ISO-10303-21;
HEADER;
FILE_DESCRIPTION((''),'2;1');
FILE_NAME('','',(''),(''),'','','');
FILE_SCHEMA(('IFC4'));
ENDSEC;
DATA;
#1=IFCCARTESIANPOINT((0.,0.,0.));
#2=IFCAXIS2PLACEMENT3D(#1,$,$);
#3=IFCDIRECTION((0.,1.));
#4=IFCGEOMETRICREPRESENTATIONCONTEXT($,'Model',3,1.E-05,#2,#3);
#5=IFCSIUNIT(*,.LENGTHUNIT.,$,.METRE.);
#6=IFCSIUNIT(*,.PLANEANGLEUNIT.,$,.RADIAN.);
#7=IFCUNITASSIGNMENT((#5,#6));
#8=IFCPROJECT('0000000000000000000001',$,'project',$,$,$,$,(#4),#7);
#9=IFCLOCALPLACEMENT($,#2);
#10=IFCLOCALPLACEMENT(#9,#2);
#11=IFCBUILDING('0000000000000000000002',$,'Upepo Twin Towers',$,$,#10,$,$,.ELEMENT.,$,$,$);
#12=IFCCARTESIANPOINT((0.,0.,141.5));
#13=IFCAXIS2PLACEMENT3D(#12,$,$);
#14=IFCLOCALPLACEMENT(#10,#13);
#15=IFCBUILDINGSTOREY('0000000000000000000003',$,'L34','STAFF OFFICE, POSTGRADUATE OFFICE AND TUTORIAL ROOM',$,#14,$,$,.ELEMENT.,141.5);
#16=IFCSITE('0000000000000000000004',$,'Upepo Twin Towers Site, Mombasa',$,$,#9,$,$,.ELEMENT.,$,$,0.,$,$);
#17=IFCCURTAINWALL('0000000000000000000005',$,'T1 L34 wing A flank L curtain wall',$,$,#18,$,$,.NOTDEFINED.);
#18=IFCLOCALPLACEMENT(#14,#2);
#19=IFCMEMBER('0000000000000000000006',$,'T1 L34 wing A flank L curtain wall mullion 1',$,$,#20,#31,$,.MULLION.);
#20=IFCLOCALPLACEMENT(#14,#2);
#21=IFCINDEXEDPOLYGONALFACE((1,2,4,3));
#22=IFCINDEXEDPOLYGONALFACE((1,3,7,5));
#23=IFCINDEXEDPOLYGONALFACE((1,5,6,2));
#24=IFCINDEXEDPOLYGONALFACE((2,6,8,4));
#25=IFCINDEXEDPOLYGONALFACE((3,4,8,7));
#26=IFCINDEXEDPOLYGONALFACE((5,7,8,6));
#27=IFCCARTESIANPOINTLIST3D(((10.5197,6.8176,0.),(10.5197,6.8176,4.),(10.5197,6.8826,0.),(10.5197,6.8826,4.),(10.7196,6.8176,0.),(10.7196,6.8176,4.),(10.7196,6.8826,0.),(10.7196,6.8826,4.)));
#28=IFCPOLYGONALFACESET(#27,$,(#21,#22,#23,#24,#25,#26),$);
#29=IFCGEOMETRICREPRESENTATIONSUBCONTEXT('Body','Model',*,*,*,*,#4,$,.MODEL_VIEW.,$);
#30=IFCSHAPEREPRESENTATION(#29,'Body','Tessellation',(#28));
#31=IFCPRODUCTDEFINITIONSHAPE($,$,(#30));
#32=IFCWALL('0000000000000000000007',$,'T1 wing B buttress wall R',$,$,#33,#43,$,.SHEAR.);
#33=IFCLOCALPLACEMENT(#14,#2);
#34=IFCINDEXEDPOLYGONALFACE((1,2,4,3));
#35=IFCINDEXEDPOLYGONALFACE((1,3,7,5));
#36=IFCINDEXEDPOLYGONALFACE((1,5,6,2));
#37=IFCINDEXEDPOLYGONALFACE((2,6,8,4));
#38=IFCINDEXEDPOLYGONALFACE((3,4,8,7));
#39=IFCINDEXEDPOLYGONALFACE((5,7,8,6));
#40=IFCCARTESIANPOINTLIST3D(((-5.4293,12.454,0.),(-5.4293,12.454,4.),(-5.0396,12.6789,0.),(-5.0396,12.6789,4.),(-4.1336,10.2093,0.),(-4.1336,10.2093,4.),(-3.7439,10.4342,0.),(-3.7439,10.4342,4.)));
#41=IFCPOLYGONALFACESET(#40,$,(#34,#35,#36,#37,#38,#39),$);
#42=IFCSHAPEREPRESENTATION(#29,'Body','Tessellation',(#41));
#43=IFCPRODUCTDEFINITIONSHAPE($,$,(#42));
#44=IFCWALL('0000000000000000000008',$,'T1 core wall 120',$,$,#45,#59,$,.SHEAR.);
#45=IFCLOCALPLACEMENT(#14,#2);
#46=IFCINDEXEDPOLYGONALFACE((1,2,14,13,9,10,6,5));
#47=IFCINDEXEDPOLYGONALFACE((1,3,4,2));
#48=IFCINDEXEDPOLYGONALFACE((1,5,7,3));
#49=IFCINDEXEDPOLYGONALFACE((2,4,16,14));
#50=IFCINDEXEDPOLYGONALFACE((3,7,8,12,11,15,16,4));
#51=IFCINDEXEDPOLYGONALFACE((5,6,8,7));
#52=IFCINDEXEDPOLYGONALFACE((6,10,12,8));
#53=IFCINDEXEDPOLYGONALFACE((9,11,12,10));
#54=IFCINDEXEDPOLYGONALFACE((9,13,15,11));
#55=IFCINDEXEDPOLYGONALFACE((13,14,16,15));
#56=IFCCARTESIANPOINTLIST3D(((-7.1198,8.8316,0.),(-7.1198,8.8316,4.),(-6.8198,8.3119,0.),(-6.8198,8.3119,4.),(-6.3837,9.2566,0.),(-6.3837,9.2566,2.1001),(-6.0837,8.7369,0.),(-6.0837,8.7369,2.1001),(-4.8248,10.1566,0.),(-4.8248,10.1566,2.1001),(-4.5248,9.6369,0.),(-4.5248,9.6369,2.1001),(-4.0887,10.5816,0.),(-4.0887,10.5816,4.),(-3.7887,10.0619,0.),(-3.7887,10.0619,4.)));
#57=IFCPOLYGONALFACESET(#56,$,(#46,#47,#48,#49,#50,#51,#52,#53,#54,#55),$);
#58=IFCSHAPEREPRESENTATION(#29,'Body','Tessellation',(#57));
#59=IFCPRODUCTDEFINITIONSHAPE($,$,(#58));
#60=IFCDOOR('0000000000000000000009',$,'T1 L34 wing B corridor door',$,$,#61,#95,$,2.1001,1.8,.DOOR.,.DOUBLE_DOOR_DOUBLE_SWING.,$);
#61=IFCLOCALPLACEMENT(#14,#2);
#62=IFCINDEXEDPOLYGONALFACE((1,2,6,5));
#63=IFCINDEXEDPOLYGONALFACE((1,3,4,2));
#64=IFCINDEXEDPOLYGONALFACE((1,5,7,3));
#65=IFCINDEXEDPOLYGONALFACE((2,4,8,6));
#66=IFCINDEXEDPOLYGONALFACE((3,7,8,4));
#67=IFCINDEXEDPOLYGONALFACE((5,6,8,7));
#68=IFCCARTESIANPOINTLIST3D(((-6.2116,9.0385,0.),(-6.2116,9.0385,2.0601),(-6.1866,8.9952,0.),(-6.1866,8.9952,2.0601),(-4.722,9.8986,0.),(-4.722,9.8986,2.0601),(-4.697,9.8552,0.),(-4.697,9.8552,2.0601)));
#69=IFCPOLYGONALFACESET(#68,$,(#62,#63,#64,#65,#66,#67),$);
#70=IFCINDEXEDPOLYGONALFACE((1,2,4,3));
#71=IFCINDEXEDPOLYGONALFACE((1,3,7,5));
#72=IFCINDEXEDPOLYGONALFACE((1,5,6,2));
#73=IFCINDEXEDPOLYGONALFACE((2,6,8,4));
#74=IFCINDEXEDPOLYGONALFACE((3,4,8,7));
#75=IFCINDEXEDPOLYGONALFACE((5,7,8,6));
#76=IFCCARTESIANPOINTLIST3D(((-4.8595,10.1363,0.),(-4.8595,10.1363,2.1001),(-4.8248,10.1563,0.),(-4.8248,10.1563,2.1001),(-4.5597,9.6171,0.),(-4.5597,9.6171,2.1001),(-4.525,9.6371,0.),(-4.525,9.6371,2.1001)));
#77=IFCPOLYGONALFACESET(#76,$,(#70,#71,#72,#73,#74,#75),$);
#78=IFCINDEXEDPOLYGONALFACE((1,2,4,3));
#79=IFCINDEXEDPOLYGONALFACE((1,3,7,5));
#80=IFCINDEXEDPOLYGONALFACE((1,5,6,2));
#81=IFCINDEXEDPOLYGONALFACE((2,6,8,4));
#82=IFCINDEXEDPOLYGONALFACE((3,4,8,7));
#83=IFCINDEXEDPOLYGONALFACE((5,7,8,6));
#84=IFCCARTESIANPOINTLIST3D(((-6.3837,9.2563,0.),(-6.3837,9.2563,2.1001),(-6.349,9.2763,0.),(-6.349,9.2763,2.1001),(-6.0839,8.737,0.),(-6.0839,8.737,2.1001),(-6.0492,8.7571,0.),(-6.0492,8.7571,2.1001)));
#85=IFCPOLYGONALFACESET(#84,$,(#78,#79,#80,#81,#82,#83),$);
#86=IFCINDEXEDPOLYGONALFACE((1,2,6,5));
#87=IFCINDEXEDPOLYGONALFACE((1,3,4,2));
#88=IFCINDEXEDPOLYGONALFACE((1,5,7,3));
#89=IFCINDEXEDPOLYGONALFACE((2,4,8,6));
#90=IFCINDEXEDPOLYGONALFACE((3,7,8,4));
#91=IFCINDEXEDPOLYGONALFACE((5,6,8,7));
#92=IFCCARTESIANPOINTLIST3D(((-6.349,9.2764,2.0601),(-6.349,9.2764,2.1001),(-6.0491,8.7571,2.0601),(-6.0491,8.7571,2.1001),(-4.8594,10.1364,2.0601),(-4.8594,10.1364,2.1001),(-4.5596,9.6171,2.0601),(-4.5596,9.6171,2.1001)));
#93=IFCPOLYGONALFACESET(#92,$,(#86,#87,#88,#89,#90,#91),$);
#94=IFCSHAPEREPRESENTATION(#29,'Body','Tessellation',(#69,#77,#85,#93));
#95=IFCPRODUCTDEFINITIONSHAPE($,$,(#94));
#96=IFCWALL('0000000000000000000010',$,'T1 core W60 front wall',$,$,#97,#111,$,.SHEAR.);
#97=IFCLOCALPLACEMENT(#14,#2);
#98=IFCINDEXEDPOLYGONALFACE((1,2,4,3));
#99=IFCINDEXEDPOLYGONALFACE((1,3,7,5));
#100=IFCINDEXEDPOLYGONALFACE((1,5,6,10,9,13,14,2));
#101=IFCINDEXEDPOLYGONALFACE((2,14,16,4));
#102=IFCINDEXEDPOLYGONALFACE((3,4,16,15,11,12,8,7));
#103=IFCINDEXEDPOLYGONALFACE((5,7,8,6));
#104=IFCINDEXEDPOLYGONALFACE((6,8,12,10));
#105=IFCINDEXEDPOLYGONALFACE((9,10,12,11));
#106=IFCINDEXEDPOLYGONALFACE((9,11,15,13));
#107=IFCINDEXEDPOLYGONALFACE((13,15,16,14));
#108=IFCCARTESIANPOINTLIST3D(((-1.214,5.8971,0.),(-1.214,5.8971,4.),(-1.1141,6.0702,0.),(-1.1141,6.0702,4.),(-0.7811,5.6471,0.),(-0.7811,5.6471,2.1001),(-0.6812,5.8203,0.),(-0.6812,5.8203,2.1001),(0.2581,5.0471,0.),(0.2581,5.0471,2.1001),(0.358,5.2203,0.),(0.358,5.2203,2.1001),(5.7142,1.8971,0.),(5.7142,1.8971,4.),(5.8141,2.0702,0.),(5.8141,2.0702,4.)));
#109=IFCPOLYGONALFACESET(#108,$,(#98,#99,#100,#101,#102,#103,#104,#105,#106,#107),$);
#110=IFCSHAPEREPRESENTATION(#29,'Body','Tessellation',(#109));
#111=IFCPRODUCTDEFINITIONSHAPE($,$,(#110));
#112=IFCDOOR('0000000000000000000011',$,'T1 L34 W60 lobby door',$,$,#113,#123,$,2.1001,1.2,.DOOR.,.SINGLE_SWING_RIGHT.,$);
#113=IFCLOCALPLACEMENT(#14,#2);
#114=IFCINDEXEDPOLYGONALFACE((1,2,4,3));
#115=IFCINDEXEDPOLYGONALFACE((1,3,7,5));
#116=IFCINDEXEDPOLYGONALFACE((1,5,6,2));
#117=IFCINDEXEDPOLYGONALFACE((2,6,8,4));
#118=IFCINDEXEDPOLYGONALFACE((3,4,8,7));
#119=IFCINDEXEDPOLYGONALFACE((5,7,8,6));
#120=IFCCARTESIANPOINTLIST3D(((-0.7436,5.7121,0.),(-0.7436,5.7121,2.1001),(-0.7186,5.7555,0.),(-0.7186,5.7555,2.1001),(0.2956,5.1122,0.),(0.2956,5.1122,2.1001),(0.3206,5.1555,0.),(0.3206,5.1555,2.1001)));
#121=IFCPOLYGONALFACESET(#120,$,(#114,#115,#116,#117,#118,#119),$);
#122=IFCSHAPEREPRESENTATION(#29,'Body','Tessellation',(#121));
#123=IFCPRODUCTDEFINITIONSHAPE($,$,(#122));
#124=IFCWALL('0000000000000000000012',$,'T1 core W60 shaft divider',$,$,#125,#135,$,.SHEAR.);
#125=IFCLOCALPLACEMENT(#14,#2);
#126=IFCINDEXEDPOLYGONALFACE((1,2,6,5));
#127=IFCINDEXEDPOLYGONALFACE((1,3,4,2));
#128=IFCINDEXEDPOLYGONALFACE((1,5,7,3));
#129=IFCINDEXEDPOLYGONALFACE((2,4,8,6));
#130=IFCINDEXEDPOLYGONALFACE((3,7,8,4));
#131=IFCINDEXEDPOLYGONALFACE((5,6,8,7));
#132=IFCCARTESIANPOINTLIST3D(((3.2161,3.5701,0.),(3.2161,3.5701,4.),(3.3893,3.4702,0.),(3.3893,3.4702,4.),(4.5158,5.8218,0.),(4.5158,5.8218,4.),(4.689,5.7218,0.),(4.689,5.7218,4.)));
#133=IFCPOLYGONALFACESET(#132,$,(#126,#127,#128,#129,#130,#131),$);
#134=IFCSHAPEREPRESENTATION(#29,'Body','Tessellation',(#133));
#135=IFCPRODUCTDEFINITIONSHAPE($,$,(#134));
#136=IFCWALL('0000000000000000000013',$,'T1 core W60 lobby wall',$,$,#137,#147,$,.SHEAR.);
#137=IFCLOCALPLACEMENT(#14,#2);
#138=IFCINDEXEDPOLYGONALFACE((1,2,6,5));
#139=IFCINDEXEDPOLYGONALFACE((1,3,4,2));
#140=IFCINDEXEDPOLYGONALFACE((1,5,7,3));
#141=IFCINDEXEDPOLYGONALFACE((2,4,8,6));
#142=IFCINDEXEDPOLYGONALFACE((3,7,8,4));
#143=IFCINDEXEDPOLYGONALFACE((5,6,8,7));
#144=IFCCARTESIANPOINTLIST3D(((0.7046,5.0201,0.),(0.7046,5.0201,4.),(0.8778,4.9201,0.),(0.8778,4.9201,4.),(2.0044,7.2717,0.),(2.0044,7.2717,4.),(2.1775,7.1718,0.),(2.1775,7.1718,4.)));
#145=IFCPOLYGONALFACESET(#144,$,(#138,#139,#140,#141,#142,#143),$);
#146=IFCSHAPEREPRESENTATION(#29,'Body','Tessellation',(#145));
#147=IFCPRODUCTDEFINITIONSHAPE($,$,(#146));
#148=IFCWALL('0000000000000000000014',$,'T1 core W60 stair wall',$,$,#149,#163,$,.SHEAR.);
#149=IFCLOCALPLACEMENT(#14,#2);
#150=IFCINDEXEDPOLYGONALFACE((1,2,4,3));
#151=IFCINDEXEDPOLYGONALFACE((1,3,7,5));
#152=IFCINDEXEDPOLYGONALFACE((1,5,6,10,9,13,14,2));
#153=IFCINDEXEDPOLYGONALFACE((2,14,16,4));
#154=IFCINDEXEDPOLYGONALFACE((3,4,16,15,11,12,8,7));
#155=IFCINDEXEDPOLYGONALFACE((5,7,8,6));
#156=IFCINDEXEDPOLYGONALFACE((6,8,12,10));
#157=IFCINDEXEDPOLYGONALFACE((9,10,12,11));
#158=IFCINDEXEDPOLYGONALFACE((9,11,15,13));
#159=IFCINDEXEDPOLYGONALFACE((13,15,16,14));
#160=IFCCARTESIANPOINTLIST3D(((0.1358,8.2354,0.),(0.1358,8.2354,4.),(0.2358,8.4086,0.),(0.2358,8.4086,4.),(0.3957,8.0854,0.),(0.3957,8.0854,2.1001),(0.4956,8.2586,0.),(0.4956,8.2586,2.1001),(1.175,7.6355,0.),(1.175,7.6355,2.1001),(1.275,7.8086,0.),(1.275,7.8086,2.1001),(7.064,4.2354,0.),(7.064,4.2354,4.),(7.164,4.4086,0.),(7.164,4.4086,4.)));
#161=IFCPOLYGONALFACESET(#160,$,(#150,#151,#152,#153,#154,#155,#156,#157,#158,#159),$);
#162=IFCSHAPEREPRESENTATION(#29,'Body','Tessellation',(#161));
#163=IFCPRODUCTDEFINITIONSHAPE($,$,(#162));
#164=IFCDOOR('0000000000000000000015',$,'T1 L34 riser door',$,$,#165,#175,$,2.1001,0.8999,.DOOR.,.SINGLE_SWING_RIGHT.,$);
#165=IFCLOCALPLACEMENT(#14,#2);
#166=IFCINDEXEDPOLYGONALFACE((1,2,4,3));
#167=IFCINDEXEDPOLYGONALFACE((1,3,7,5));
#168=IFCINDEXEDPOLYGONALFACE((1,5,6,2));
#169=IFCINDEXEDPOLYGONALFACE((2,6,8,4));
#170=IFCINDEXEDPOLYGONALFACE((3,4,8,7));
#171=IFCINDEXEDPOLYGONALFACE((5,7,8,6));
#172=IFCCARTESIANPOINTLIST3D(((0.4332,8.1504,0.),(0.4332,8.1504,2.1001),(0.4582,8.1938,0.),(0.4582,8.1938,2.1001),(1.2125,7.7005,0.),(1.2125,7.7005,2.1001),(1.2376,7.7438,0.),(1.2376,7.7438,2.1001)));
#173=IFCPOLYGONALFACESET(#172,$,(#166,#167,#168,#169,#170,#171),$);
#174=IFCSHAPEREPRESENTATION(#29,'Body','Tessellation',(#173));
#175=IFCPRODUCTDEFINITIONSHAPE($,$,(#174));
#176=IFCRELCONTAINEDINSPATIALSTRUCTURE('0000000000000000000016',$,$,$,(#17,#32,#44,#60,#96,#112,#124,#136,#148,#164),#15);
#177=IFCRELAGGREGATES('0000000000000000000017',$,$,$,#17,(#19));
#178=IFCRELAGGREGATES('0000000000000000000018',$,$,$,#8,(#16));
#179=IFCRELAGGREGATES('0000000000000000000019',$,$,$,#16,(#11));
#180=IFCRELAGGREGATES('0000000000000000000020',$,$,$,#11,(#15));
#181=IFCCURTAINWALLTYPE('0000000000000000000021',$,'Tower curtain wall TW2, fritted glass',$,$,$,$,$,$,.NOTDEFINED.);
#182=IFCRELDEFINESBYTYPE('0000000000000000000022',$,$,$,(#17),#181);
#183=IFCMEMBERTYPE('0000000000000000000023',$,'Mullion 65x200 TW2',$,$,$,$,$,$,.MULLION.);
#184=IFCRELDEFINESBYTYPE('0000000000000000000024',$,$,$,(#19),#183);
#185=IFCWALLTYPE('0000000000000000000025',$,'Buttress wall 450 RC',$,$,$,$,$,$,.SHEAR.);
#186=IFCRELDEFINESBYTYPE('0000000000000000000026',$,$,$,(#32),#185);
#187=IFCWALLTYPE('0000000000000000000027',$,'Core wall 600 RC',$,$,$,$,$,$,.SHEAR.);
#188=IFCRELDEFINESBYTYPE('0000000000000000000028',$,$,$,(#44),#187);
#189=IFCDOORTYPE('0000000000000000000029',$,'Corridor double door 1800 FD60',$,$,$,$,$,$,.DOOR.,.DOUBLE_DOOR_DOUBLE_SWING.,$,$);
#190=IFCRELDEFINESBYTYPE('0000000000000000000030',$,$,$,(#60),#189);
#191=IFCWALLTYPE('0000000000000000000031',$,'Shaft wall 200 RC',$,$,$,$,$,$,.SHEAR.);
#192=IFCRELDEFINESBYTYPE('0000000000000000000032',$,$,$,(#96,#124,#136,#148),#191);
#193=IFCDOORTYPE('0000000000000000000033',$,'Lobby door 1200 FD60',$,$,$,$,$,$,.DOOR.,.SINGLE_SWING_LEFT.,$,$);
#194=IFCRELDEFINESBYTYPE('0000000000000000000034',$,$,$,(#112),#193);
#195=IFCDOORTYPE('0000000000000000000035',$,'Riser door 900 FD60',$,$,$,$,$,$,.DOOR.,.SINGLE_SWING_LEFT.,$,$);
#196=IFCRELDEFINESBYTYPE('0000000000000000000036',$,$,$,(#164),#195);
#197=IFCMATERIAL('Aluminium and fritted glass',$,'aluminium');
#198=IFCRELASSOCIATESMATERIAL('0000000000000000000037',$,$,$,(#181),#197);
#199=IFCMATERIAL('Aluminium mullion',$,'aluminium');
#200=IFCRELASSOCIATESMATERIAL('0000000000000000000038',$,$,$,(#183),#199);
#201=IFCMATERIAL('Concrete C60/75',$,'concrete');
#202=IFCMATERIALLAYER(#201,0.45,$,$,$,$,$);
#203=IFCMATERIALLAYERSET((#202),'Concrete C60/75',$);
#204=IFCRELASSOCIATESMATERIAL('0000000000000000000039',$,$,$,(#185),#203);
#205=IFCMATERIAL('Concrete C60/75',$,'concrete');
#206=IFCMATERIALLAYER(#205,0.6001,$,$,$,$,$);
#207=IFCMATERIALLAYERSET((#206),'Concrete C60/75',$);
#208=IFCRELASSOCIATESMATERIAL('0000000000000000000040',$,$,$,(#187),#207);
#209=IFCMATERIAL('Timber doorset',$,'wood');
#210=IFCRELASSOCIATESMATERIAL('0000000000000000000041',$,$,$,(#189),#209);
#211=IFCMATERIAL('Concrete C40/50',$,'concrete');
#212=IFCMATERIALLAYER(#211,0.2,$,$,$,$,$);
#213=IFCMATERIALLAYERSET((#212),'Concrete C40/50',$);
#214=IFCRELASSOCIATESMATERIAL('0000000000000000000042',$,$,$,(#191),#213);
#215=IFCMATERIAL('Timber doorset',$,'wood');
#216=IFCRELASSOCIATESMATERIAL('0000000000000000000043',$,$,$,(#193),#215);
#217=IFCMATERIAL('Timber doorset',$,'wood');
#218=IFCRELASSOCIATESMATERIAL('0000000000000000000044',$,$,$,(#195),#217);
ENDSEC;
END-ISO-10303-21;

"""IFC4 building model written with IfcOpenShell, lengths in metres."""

from ifc_helpers import new_model, si_unit, direction, frame, frame_2d, origin, origin_2d, place, context, subcontext, project, spatial, rectangle, extrude, material, layer, layer_set, material_profile, profile_set, type_object, element, fill, aggregate, save


model = new_model("IFC4")

# Units and contexts
model_context = context("Model", 3, precision=1e-05, world=origin(), true_north=direction((0.0, 1.0)))
body_context = subcontext(model_context, "Body", "Model", "MODEL_VIEW")
ifc_project = project(units=[si_unit("LENGTHUNIT", "METRE"), si_unit("PLANEANGLEUNIT", "RADIAN")], contexts=[model_context])

# Site, building, storey
site_placement = place(None, origin())
site = spatial("IfcSite", under=ifc_project, at=site_placement, Name="Upepo Twin Towers Site, Mombasa", CompositionType="ELEMENT", RefElevation=0.0)
building_placement = place(site_placement, origin())
building = spatial("IfcBuilding", under=site, at=building_placement, Name="Upepo Twin Towers", CompositionType="ELEMENT")
storey_placement = place(building_placement, frame((0.0, 0.0, 141.5)))
storey = spatial("IfcBuildingStorey", under=building, at=storey_placement, Name="L34", Description="STAFF OFFICE, POSTGRADUATE OFFICE AND TUTORIAL ROOM", CompositionType="ELEMENT", Elevation=141.5)

# Curtain wall, member
ifc_material_1 = material(Name="Aluminium and fritted glass", Category="aluminium")
curtain_wall_type = type_object("IfcCurtainWallType", Name="Tower curtain wall TW2, fritted glass", PredefinedType="NOTDEFINED", material=ifc_material_1)
curtain_wall_placement = place(storey_placement, origin())
curtain_wall = element("IfcCurtainWall", 1, at=curtain_wall_placement, inside=storey, type_object=curtain_wall_type, Name="T1 L34 wing A flank L curtain wall", PredefinedType="NOTDEFINED")
ifc_material_2 = material(Name="Aluminium mullion", Category="aluminium")
ifc_material_profile = material_profile(ifc_material_2, rectangle(XDim=0.0649, YDim=0.2, at=origin_2d()), Name="MULLION 65x200")
ifc_profile_set = profile_set([ifc_material_profile], Name="Aluminium mullion")
member_type = type_object("IfcMemberType", Name="Mullion 65x200 TW2", PredefinedType="MULLION", material=ifc_profile_set)
member_placement = place(storey_placement, frame((10.6196, 6.8501, 0.0), z_axis=(0.0, 0.0, 1.0), x_axis=(0.0, 1.0, 0.0)))
member = element("IfcMember", 2, at=member_placement, type_object=member_type, Name="T1 L34 wing A flank L curtain wall mullion 1", PredefinedType="MULLION", context=body_context, shape_type="SweptSolid", body=[
    extrude(rectangle(XDim=0.0649, YDim=0.2, at=origin_2d()), origin(), (0.0, 0.0, 1.0), 4.0),
])
aggregate(curtain_wall, [member])

# Wall
ifc_material_3 = material(Name="Concrete C60/75", Category="concrete")
ifc_layer_1 = layer(ifc_material_3, 0.45)
ifc_layer_set_1 = layer_set([ifc_layer_1], Name="Concrete C60/75")
wall_type_1 = type_object("IfcWallType", Name="Buttress wall 450 RC", PredefinedType="SHEAR", material=ifc_layer_set_1)
wall_1_placement = place(storey_placement, frame((-3.9387, 10.3218, 0.0), z_axis=(0.0, 0.0, 1.0), x_axis=(-0.499918, 0.866073, 0.0)))
element("IfcWall", 3, at=wall_1_placement, inside=storey, type_object=wall_type_1, Name="T1 wing B buttress wall R", PredefinedType="SHEAR", context=body_context, shape_type="SweptSolid", body=[
    extrude(rectangle(XDim=2.5918, YDim=0.45, at=frame_2d((1.2959, 0.0))), origin(), (0.0, 0.0, 1.0), 4.0),
])

# Walls, openings, doors
ifc_material_4 = material(Name="Concrete C60/75", Category="concrete")
ifc_layer_2 = layer(ifc_material_4, 0.6001)
ifc_layer_set_2 = layer_set([ifc_layer_2], Name="Concrete C60/75")
wall_type_2 = type_object("IfcWallType", Name="Core wall 600 RC", PredefinedType="SHEAR", material=ifc_layer_set_2)
wall_2_placement = place(storey_placement, frame((-3.9387, 10.3218, 0.0), z_axis=(0.0, 0.0, 1.0), x_axis=(-0.866019, -0.50001, 0.0)))
wall_2 = element("IfcWall", 4, at=wall_2_placement, inside=storey, type_object=wall_type_2, Name="T1 core wall 120", PredefinedType="SHEAR", context=body_context, shape_type="SweptSolid", body=[
    extrude(rectangle(XDim=3.5, YDim=0.6001, at=frame_2d((1.75, 0.0))), origin(), (0.0, 0.0, 1.0), 4.0),
])
opening_1_placement = place(wall_2_placement, frame((0.8501, 0.0, 0.0)))
opening_1 = element("IfcOpeningElement", 5, at=opening_1_placement, cuts=wall_2, PredefinedType="OPENING", context=body_context, shape_type="SweptSolid", body=[
    extrude(rectangle(XDim=1.8, YDim=2.1001, at=frame_2d((0.8999, 1.05))), frame((0.0, 0.3101, 0.0), z_axis=(0.0, -1.0, 0.0), x_axis=(1.0, 0.0, 0.0)), (0.0, 0.0, 1.0), 0.6201),
])
ifc_material_5 = material(Name="Timber doorset", Category="wood")
door_type_1 = type_object("IfcDoorType", Name="Corridor double door 1800 FD60", OperationType="DOUBLE_DOOR_DOUBLE_SWING", PredefinedType="DOOR", material=ifc_material_5)
door_1_placement = place(opening_1_placement, origin())
door_1 = element("IfcDoor", 6, at=door_1_placement, inside=storey, type_object=door_type_1, Name="T1 L34 wing B corridor door", OperationType="DOUBLE_DOOR_DOUBLE_SWING", OverallHeight=2.1001, OverallWidth=1.8, PredefinedType="DOOR", context=body_context, shape_type="SweptSolid", body=[
    extrude(rectangle(XDim=1.72, YDim=2.0601, at=frame_2d((0.8999, 1.03))), frame((0.0, 0.0249, 0.0), z_axis=(0.0, -1.0, 0.0), x_axis=(1.0, 0.0, 0.0)), (0.0, 0.0, 1.0), 0.05),
    extrude(rectangle(XDim=0.04, YDim=2.1001, at=frame_2d((0.02, 1.05))), frame((0.0, 0.2998, 0.0), z_axis=(0.0, -1.0, 0.0), x_axis=(1.0, 0.0, 0.0)), (0.0, 0.0, 1.0), 0.5996),
    extrude(rectangle(XDim=0.04, YDim=2.1001, at=frame_2d((1.78, 1.05))), frame((0.0, 0.2998, 0.0), z_axis=(0.0, -1.0, 0.0), x_axis=(1.0, 0.0, 0.0)), (0.0, 0.0, 1.0), 0.5996),
    extrude(rectangle(XDim=1.72, YDim=0.04, at=frame_2d((0.8999, 2.0801))), frame((0.0, 0.2998, 0.0), z_axis=(0.0, -1.0, 0.0), x_axis=(1.0, 0.0, 0.0)), (0.0, 0.0, 1.0), 0.5996),
])
fill(opening_1, door_1)
ifc_material_6 = material(Name="Concrete C40/50", Category="concrete")
ifc_layer_3 = layer(ifc_material_6, 0.2)
ifc_layer_set_3 = layer_set([ifc_layer_3], Name="Concrete C40/50")
wall_type_3 = type_object("IfcWallType", Name="Shaft wall 200 RC", PredefinedType="SHEAR", material=ifc_layer_set_3)
wall_3_placement = place(storey_placement, frame((5.7642, 1.9836, 0.0), z_axis=(0.0, 0.0, 1.0), x_axis=(-0.866026, 0.499999, 0.0)))
wall_3 = element("IfcWall", 7, at=wall_3_placement, inside=storey, type_object=wall_type_3, Name="T1 core W60 front wall", PredefinedType="SHEAR", context=body_context, shape_type="SweptSolid", body=[
    extrude(rectangle(XDim=8.0, YDim=0.2, at=frame_2d((4.0, 0.0))), origin(), (0.0, 0.0, 1.0), 4.0),
])
opening_2_placement = place(wall_3_placement, frame((6.3, 0.0, 0.0)))
opening_2 = element("IfcOpeningElement", 8, at=opening_2_placement, cuts=wall_3, PredefinedType="OPENING", context=body_context, shape_type="SweptSolid", body=[
    extrude(rectangle(XDim=1.2, YDim=2.1001, at=frame_2d((0.6001, 1.05))), frame((0.0, 0.1099, 0.0), z_axis=(0.0, -1.0, 0.0), x_axis=(1.0, 0.0, 0.0)), (0.0, 0.0, 1.0), 0.22),
])
ifc_material_7 = material(Name="Timber doorset", Category="wood")
door_type_2 = type_object("IfcDoorType", Name="Lobby door 1200 FD60", OperationType="SINGLE_SWING_LEFT", PredefinedType="DOOR", material=ifc_material_7)
door_2_placement = place(opening_2_placement, origin())
door_2 = element("IfcDoor", 9, at=door_2_placement, inside=storey, type_object=door_type_2, Name="T1 L34 W60 lobby door", OperationType="SINGLE_SWING_RIGHT", OverallHeight=2.1001, OverallWidth=1.2, PredefinedType="DOOR", context=body_context, shape_type="SweptSolid", body=[
    extrude(rectangle(XDim=1.2, YDim=2.1001, at=frame_2d((0.6001, 1.05))), frame((0.0, 0.0249, 0.0), z_axis=(0.0, -1.0, 0.0), x_axis=(1.0, 0.0, 0.0)), (0.0, 0.0, 1.0), 0.05),
])
fill(opening_2, door_2)

# Walls
for number, where, z_axis, x_axis, name in (
    (10, (3.3027, 3.5203, 0.0), (0.0, 0.0, 1.0), (0.499937, 0.866062, 0.0), "T1 core W60 shaft divider"),
    (11, (0.7913, 4.9702, 0.0), (0.0, 0.0, 1.0), (0.499937, 0.866062, 0.0), "T1 core W60 lobby wall"),
):
    element("IfcWall", number, at=place(storey_placement, frame(where, z_axis=z_axis, x_axis=x_axis)), inside=storey, type_object=wall_type_3, Name=name, PredefinedType="SHEAR", context=body_context, shape_type="SweptSolid", body=[
        extrude(rectangle(XDim=2.5999, YDim=0.2, at=frame_2d((1.2998, 0.0))), origin(), (0.0, 0.0, 1.0), 4.0),
    ])

# Wall, opening, door
wall_4_placement = place(storey_placement, frame((7.114, 4.322, 0.0), z_axis=(0.0, 0.0, 1.0), x_axis=(-0.866026, 0.499999, 0.0)))
wall_4 = element("IfcWall", 12, at=wall_4_placement, inside=storey, type_object=wall_type_3, Name="T1 core W60 stair wall", PredefinedType="SHEAR", context=body_context, shape_type="SweptSolid", body=[
    extrude(rectangle(XDim=8.0, YDim=0.2, at=frame_2d((4.0, 0.0))), origin(), (0.0, 0.0, 1.0), 4.0),
])
opening_3_placement = place(wall_4_placement, frame((6.8, 0.0, 0.0)))
opening_3 = element("IfcOpeningElement", 13, at=opening_3_placement, cuts=wall_4, PredefinedType="OPENING", context=body_context, shape_type="SweptSolid", body=[
    extrude(rectangle(XDim=0.8999, YDim=2.1001, at=frame_2d((0.45, 1.05))), frame((0.0, 0.1099, 0.0), z_axis=(0.0, -1.0, 0.0), x_axis=(1.0, 0.0, 0.0)), (0.0, 0.0, 1.0), 0.22),
])
ifc_material_8 = material(Name="Timber doorset", Category="wood")
door_type_3 = type_object("IfcDoorType", Name="Riser door 900 FD60", OperationType="SINGLE_SWING_LEFT", PredefinedType="DOOR", material=ifc_material_8)
door_3_placement = place(opening_3_placement, origin())
door_3 = element("IfcDoor", 14, at=door_3_placement, inside=storey, type_object=door_type_3, Name="T1 L34 riser door", OperationType="SINGLE_SWING_RIGHT", OverallHeight=2.1001, OverallWidth=0.8999, PredefinedType="DOOR", context=body_context, shape_type="SweptSolid", body=[
    extrude(rectangle(XDim=0.8999, YDim=2.1001, at=frame_2d((0.45, 1.05))), frame((0.0, 0.0249, 0.0), z_axis=(0.0, -1.0, 0.0), x_axis=(1.0, 0.0, 0.0)), (0.0, 0.0, 1.0), 0.05),
])
fill(opening_3, door_3)

save(model, "model.ifc")
